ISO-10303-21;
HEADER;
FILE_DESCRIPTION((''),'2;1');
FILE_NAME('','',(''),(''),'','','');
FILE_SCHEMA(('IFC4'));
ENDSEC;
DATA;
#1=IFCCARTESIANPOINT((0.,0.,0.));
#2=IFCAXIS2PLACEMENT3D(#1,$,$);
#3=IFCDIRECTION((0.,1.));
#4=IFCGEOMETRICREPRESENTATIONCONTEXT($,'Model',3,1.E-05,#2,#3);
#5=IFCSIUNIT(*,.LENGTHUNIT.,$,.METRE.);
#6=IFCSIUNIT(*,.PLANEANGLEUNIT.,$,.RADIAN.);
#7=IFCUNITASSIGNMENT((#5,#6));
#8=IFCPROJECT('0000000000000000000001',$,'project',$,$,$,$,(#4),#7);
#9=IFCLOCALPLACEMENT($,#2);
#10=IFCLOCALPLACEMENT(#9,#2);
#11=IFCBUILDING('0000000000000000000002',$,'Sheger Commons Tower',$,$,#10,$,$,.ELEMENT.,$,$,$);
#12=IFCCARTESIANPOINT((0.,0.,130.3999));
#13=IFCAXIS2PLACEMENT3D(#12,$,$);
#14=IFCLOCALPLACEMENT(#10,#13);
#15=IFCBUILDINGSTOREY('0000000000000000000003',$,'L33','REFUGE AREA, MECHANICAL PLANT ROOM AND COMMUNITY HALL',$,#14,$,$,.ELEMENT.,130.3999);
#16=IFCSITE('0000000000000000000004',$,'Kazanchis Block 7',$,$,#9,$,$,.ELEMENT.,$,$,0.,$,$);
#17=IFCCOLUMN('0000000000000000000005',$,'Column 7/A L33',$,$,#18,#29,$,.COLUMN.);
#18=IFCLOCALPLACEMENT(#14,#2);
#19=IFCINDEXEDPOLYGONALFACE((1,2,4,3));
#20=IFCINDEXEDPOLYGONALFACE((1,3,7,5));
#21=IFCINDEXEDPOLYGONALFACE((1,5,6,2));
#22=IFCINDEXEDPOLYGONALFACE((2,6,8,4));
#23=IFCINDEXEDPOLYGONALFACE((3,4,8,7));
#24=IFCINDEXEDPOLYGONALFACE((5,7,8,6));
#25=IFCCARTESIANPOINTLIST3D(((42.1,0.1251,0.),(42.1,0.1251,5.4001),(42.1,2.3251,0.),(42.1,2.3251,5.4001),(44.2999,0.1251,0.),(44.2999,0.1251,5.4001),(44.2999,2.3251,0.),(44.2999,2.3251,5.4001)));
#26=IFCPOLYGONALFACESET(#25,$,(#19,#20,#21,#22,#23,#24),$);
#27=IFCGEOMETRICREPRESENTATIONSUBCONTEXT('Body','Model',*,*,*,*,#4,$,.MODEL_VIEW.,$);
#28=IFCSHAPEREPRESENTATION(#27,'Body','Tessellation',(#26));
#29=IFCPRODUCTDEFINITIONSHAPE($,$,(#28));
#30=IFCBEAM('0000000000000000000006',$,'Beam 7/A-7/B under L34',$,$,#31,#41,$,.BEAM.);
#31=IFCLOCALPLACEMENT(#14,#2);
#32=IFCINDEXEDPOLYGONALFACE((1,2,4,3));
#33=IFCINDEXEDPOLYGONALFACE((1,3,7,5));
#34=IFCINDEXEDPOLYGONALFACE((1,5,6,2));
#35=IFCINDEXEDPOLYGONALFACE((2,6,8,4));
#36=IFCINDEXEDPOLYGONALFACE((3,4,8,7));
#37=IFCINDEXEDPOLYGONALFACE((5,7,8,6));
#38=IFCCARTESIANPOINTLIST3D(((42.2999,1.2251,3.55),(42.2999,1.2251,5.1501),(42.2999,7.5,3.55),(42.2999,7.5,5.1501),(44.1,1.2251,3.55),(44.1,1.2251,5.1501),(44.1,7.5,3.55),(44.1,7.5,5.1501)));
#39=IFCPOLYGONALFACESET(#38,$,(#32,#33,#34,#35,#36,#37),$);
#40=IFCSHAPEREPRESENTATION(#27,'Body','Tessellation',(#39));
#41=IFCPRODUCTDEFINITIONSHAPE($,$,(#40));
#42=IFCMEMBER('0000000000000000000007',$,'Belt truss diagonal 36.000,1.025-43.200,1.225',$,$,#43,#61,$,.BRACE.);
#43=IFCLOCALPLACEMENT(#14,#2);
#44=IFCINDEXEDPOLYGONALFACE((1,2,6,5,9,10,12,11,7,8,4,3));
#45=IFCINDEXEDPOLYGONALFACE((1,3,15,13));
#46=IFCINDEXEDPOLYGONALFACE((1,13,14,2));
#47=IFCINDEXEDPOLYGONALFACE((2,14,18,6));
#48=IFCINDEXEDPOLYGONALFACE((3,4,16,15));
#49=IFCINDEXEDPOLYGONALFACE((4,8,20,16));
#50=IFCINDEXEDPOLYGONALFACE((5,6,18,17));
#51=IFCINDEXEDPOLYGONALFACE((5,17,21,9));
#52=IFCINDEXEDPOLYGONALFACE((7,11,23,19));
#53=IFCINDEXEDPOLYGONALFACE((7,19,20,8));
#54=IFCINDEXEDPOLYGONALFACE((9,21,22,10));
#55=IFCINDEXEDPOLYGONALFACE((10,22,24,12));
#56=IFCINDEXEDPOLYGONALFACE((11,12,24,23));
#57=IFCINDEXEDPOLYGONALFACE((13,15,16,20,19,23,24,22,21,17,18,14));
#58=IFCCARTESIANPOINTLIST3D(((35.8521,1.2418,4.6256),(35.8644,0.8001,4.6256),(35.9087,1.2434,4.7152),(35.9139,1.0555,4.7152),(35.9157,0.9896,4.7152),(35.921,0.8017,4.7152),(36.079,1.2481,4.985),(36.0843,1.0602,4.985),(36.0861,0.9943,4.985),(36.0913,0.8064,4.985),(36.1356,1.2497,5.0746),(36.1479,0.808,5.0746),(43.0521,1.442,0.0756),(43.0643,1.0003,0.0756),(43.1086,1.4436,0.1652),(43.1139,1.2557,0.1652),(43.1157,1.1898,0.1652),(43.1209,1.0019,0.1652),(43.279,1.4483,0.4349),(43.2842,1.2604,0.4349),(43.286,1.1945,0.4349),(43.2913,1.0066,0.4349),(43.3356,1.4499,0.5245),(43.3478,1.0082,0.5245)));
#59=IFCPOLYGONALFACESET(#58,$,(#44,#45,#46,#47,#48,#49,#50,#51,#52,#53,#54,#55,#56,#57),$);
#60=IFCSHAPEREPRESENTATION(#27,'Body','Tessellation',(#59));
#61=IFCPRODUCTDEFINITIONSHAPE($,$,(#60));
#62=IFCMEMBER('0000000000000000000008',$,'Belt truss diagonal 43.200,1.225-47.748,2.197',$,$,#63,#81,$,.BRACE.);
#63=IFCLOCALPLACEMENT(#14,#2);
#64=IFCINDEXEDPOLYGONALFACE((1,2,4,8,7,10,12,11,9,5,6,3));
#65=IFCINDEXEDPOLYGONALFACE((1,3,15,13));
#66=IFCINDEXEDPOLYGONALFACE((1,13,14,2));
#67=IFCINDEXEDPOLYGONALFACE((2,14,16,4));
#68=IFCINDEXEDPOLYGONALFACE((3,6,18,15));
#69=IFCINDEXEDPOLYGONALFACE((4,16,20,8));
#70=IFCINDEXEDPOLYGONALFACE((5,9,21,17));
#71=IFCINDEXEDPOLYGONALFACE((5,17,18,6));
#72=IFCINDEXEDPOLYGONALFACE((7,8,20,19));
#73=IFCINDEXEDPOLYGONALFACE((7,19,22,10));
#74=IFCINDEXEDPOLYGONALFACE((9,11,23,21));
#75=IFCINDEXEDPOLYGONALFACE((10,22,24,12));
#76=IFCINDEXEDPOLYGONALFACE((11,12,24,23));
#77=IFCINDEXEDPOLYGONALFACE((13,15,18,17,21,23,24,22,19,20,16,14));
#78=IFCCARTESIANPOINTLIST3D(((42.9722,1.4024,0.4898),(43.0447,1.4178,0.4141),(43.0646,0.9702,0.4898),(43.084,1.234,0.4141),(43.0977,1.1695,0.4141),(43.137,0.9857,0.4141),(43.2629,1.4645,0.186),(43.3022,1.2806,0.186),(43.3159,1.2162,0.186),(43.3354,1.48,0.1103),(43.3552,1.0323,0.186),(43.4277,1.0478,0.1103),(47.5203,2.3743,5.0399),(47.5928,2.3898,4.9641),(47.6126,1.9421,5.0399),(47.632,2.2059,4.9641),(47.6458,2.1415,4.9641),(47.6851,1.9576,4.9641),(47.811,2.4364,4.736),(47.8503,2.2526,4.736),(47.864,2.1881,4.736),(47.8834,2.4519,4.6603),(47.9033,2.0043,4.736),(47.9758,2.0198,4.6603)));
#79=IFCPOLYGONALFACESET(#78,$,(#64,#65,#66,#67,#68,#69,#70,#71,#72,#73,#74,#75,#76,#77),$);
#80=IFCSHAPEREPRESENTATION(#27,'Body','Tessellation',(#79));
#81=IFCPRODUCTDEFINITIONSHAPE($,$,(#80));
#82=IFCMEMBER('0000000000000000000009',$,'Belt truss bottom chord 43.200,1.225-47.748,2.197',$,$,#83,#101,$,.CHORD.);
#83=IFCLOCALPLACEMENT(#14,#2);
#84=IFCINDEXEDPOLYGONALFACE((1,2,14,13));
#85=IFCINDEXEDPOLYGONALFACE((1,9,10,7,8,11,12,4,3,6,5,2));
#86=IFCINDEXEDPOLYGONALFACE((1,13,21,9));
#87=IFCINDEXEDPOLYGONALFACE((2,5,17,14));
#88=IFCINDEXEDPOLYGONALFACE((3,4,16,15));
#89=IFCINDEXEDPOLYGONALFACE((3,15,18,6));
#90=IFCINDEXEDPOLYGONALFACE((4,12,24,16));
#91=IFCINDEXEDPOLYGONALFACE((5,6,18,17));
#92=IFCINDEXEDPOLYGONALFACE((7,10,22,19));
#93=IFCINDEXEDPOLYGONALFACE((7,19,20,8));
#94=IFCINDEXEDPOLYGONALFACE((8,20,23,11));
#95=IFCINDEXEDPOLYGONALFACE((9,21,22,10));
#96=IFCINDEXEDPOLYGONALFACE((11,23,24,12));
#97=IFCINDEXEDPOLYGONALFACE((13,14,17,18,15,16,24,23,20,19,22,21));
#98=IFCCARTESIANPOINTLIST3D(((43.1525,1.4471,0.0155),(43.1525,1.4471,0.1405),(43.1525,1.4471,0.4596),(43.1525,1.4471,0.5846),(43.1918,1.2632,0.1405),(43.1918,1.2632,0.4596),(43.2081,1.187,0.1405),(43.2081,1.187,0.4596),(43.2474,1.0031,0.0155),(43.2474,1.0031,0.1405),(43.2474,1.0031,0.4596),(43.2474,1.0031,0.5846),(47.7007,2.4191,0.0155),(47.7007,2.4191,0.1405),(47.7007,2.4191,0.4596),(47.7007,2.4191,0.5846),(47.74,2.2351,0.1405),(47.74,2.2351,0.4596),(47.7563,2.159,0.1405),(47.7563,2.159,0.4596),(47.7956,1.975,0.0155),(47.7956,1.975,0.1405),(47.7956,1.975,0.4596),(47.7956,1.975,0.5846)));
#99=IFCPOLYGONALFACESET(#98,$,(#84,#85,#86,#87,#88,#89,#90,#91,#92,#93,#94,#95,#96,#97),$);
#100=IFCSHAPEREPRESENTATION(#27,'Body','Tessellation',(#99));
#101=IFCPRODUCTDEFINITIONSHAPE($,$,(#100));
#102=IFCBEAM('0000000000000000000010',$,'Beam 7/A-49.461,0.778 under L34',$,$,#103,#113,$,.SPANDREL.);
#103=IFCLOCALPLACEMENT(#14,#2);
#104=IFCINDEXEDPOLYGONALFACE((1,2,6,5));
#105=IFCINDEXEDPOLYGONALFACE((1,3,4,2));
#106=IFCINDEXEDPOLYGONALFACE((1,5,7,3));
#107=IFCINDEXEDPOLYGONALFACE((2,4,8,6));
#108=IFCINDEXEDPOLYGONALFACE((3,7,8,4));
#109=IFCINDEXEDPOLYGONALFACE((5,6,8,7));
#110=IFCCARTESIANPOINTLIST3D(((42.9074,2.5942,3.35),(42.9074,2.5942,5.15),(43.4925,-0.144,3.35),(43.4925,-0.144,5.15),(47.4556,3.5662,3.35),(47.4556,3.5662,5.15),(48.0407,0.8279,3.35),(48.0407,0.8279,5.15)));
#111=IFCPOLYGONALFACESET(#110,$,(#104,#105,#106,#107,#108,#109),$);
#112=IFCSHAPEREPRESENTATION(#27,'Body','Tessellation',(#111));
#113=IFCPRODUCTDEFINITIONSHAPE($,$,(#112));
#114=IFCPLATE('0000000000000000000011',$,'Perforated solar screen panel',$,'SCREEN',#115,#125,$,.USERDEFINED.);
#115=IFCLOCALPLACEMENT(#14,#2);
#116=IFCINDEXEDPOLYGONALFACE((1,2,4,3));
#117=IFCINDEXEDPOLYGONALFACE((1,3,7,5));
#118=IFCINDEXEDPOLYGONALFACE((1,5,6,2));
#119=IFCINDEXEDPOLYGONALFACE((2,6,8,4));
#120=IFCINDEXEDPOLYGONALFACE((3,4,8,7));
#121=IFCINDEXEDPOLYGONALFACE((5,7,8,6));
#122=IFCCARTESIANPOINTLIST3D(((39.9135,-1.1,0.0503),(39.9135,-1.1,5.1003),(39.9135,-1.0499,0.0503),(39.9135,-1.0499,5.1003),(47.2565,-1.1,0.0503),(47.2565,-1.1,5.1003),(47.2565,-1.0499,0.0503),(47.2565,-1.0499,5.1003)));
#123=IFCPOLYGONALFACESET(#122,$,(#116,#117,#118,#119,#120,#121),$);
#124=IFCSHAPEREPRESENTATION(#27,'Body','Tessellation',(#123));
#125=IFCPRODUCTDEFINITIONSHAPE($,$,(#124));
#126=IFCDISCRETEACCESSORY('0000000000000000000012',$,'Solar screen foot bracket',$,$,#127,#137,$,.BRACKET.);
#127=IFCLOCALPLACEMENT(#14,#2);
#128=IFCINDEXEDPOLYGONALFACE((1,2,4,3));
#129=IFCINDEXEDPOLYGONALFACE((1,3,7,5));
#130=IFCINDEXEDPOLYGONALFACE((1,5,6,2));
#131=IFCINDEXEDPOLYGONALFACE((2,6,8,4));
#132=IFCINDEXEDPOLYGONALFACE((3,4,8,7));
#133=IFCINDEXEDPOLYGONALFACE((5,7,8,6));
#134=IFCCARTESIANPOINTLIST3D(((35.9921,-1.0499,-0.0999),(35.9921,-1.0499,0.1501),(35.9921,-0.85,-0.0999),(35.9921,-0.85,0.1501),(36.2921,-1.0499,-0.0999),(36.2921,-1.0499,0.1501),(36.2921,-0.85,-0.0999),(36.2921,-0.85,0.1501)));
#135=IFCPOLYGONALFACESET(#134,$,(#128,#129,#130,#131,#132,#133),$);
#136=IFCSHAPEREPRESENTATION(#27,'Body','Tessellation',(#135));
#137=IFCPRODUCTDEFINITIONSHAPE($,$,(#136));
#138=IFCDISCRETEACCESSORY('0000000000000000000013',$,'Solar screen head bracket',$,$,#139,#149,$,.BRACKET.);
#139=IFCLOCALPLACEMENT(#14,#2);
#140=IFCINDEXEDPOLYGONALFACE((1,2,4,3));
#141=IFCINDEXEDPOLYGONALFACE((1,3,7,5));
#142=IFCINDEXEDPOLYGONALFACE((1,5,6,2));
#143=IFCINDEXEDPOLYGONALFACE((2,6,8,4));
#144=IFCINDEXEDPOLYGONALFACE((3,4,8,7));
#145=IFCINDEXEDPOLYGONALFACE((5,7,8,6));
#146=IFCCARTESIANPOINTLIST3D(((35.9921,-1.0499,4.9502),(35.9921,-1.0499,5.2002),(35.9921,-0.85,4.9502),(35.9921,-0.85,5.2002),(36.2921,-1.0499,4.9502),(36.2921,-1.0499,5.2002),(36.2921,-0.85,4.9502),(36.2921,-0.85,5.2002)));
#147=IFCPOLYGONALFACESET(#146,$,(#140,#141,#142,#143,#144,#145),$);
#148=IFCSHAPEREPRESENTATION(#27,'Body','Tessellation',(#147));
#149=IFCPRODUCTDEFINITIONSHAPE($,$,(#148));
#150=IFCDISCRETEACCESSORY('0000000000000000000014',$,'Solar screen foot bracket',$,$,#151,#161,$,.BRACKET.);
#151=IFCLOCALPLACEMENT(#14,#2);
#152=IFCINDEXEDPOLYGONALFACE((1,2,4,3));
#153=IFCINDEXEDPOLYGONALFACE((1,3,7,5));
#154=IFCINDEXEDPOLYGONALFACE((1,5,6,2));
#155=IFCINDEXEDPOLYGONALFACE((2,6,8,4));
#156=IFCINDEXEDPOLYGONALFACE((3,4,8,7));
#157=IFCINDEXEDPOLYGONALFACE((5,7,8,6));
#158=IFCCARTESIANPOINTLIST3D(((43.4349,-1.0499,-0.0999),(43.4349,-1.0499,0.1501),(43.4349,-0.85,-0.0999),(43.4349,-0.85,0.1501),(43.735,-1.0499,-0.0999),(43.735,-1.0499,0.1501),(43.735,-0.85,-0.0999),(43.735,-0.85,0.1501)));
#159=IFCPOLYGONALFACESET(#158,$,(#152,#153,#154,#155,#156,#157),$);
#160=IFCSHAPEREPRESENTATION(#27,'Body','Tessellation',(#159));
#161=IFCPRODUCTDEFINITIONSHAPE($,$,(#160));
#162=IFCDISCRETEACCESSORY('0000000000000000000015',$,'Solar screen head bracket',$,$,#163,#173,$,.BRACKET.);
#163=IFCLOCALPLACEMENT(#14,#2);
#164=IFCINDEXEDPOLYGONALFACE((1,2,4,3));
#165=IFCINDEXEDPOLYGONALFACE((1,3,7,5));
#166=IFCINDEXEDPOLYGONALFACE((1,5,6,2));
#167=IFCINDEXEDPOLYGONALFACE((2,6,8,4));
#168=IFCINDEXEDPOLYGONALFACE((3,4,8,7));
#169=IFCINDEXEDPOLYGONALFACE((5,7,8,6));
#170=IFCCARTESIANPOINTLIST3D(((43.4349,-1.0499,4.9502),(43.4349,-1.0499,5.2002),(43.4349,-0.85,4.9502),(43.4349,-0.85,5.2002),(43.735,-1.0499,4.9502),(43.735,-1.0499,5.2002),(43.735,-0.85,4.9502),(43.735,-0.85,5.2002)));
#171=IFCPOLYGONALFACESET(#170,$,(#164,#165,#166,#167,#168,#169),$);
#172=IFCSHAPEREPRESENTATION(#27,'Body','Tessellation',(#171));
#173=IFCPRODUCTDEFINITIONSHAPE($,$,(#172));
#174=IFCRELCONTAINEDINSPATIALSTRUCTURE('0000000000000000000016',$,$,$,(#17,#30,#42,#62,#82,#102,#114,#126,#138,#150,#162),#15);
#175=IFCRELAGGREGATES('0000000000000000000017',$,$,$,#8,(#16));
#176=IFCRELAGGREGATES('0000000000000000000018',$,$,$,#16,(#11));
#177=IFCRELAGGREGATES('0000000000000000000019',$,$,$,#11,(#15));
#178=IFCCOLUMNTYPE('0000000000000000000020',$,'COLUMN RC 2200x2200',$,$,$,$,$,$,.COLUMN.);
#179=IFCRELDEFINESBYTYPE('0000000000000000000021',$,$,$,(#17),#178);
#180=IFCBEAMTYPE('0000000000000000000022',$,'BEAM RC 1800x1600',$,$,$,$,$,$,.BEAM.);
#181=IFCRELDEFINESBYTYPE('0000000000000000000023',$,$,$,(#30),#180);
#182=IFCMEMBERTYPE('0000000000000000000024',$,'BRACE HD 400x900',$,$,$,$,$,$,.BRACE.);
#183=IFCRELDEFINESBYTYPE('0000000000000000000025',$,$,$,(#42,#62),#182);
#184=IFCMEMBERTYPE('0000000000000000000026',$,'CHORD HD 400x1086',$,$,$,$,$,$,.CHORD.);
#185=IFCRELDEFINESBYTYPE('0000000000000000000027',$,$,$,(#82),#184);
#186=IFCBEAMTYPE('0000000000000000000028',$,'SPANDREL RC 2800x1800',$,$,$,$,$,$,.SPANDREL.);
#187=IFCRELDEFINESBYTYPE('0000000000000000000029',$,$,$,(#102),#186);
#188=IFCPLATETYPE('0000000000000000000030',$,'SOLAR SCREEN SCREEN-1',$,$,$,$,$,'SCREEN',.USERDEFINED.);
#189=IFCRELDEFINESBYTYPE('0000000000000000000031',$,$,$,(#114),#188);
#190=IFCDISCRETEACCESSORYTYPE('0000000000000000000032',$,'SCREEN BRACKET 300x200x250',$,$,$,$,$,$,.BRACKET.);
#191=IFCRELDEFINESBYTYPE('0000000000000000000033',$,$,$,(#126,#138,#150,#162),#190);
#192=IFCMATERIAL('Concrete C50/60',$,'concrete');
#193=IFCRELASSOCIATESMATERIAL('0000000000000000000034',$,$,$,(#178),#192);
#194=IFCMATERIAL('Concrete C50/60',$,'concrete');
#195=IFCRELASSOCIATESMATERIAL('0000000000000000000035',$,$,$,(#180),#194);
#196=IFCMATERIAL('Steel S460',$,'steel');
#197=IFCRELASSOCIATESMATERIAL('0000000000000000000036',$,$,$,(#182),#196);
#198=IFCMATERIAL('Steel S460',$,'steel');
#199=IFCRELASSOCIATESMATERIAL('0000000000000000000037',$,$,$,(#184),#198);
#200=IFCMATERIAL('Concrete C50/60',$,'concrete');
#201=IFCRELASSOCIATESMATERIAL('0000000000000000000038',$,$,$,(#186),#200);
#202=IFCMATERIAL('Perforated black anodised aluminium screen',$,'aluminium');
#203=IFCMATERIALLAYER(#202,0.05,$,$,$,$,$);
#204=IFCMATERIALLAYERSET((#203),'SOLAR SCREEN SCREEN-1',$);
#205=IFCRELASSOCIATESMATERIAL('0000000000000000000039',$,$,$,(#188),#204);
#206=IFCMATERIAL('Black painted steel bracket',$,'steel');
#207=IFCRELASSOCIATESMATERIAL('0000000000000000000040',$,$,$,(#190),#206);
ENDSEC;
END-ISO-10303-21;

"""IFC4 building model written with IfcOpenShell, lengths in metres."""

from ifc_helpers import new_model, si_unit, direction, frame, origin, origin_2d, place, context, subcontext, project, spatial, rectangle, i_section, extrude, material, layer, layer_set, material_profile, profile_set, type_object, element, save


model = new_model("IFC4")

# Units and contexts
model_context = context("Model", 3, precision=1e-05, world=origin(), true_north=direction((0.0, 1.0)))
body_context = subcontext(model_context, "Body", "Model", "MODEL_VIEW")
ifc_project = project(units=[si_unit("LENGTHUNIT", "METRE"), si_unit("PLANEANGLEUNIT", "RADIAN")], contexts=[model_context])

# Site, building, storey
site_placement = place(None, origin())
site = spatial("IfcSite", under=ifc_project, at=site_placement, Name="Kazanchis Block 7", CompositionType="ELEMENT", RefElevation=0.0)
building_placement = place(site_placement, origin())
building = spatial("IfcBuilding", under=site, at=building_placement, Name="Sheger Commons Tower", CompositionType="ELEMENT")
storey_placement = place(building_placement, frame((0.0, 0.0, 130.3999)))
storey = spatial("IfcBuildingStorey", under=building, at=storey_placement, Name="L33", Description="REFUGE AREA, MECHANICAL PLANT ROOM AND COMMUNITY HALL", CompositionType="ELEMENT", Elevation=130.3999)

# Column
ifc_material_1 = material(Name="Concrete C50/60", Category="concrete")
ifc_material_profile_1 = material_profile(ifc_material_1, rectangle(XDim=2.2, YDim=2.2, at=origin_2d()), Name="RC 2200x2200")
ifc_profile_set_1 = profile_set([ifc_material_profile_1], Name="Concrete C50/60")
column_type = type_object("IfcColumnType", Name="COLUMN RC 2200x2200", PredefinedType="COLUMN", material=ifc_profile_set_1)
column_placement = place(storey_placement, frame((43.2, 1.2251, 0.0), z_axis=(0.0, 0.0, 1.0), x_axis=(1.0, 0.0, 0.0)))
element("IfcColumn", 1, at=column_placement, inside=storey, type_object=column_type, Name="Column 7/A L33", PredefinedType="COLUMN", context=body_context, shape_type="SweptSolid", body=[
    extrude(rectangle(XDim=2.2, YDim=2.2, at=origin_2d()), origin(), (0.0, 0.0, 1.0), 5.4001),
])

# Beam
ifc_material_2 = material(Name="Concrete C50/60", Category="concrete")
ifc_material_profile_2 = material_profile(ifc_material_2, rectangle(XDim=1.8, YDim=1.6001, at=origin_2d()), Name="RC 1800x1600")
ifc_profile_set_2 = profile_set([ifc_material_profile_2], Name="Concrete C50/60")
beam_type_1 = type_object("IfcBeamType", Name="BEAM RC 1800x1600", PredefinedType="BEAM", material=ifc_profile_set_2)
beam_1_placement = place(storey_placement, frame((43.2, 1.2251, 4.3501), z_axis=(0.0, 1.0, 0.0), x_axis=(-1.0, 0.0, 0.0)))
element("IfcBeam", 2, at=beam_1_placement, inside=storey, type_object=beam_type_1, Name="Beam 7/A-7/B under L34", PredefinedType="BEAM", context=body_context, shape_type="SweptSolid", body=[
    extrude(rectangle(XDim=1.8, YDim=1.6001, at=origin_2d()), origin(), (0.0, 0.0, 1.0), 6.2749),
])

# Members
ifc_material_3 = material(Name="Steel S460", Category="steel")
ifc_material_profile_3 = material_profile(ifc_material_3, i_section(OverallWidth=0.4419, OverallDepth=0.531, WebThickness=0.0659, FlangeThickness=0.106, at=origin_2d()), Name="HD 400x900")
ifc_profile_set_3 = profile_set([ifc_material_profile_3], Name="Steel S460")
member_type_1 = type_object("IfcMemberType", Name="BRACE HD 400x900", PredefinedType="BRACE", material=ifc_profile_set_3)
member_1_placement = place(storey_placement, frame((43.2, 1.2251, 0.3), z_axis=(-0.845112, -0.023498, 0.534073), x_axis=(0.027794, -0.999614, 0.0)))
element("IfcMember", 3, at=member_1_placement, inside=storey, type_object=member_type_1, Name="Belt truss diagonal 36.000,1.025-43.200,1.225", PredefinedType="BRACE", context=body_context, shape_type="SweptSolid", body=[
    extrude(i_section(OverallWidth=0.4419, OverallDepth=0.531, WebThickness=0.0659, FlangeThickness=0.106, at=origin_2d()), origin(), (0.0, 0.0, 1.0), 8.5195),
])
member_2_placement = place(storey_placement, frame((43.2, 1.2251, 0.3), z_axis=(0.699023, 0.149381, 0.699323), x_axis=(-0.208981, 0.97792, 0.0)))
element("IfcMember", 4, at=member_2_placement, inside=storey, type_object=member_type_1, Name="Belt truss diagonal 43.200,1.225-47.748,2.197", PredefinedType="BRACE", context=body_context, shape_type="SweptSolid", body=[
    extrude(i_section(OverallWidth=0.4419, OverallDepth=0.531, WebThickness=0.0659, FlangeThickness=0.106, at=origin_2d()), origin(), (0.0, 0.0, 1.0), 6.5063),
])
ifc_material_4 = material(Name="Steel S460", Category="steel")
ifc_material_profile_4 = material_profile(ifc_material_4, i_section(OverallWidth=0.4541, OverallDepth=0.5691, WebThickness=0.0779, FlangeThickness=0.125, at=origin_2d()), Name="HD 400x1086")
ifc_profile_set_4 = profile_set([ifc_material_profile_4], Name="Steel S460")
member_type_2 = type_object("IfcMemberType", Name="CHORD HD 400x1086", PredefinedType="CHORD", material=ifc_profile_set_4)
member_3_placement = place(storey_placement, frame((43.2, 1.2251, 0.3), z_axis=(0.97792, 0.208981, 0.0), x_axis=(-0.208981, 0.97792, 0.0)))
element("IfcMember", 5, at=member_3_placement, inside=storey, type_object=member_type_2, Name="Belt truss bottom chord 43.200,1.225-47.748,2.197", PredefinedType="CHORD", context=body_context, shape_type="SweptSolid", body=[
    extrude(i_section(OverallWidth=0.4541, OverallDepth=0.5691, WebThickness=0.0779, FlangeThickness=0.125, at=origin_2d()), origin(), (0.0, 0.0, 1.0), 4.6509),
])

# Beam
ifc_material_5 = material(Name="Concrete C50/60", Category="concrete")
ifc_material_profile_5 = material_profile(ifc_material_5, rectangle(XDim=2.8, YDim=1.8, at=origin_2d()), Name="RC 2800x1800")
ifc_profile_set_5 = profile_set([ifc_material_profile_5], Name="Concrete C50/60")
beam_type_2 = type_object("IfcBeamType", Name="SPANDREL RC 2800x1800", PredefinedType="SPANDREL", material=ifc_profile_set_5)
beam_2_placement = place(storey_placement, frame((43.2, 1.2251, 4.25), z_axis=(0.97792, 0.208981, 0.0), x_axis=(-0.208981, 0.97792, 0.0)))
element("IfcBeam", 6, at=beam_2_placement, inside=storey, type_object=beam_type_2, Name="Beam 7/A-49.461,0.778 under L34", PredefinedType="SPANDREL", context=body_context, shape_type="SweptSolid", body=[
    extrude(rectangle(XDim=2.8, YDim=1.8, at=origin_2d()), origin(), (0.0, 0.0, 1.0), 4.6509),
])

# Plate
ifc_material_6 = material(Name="Perforated black anodised aluminium screen", Category="aluminium")
ifc_layer = layer(ifc_material_6, 0.05)
ifc_layer_set = layer_set([ifc_layer], Name="SOLAR SCREEN SCREEN-1")
plate_type = type_object("IfcPlateType", Name="SOLAR SCREEN SCREEN-1", ElementType="SCREEN", PredefinedType="USERDEFINED", material=ifc_layer_set)
plate_placement = place(storey_placement, frame((43.585, -1.075, 0.0503), z_axis=(0.0, 0.0, 1.0), x_axis=(1.0, 0.0, 0.0)))
element("IfcPlate", 7, at=plate_placement, inside=storey, type_object=plate_type, Name="Perforated solar screen panel", ObjectType="SCREEN", PredefinedType="USERDEFINED", context=body_context, shape_type="SweptSolid", body=[
    extrude(rectangle(XDim=7.343, YDim=0.05, at=origin_2d()), origin(), (0.0, 0.0, 1.0), 5.05),
])

# Discrete accessories
ifc_material_7 = material(Name="Black painted steel bracket", Category="steel")
discrete_accessory_type = type_object("IfcDiscreteAccessoryType", Name="SCREEN BRACKET 300x200x250", PredefinedType="BRACKET", material=ifc_material_7)
for number, where, z_axis, x_axis, name in (
    (8, (36.1421, -0.95, -0.0999), (0.0, 0.0, 1.0), (1.0, 0.0, 0.0), "Solar screen foot bracket"),
    (9, (36.1421, -0.95, 4.9502), (0.0, 0.0, 1.0), (1.0, 0.0, 0.0), "Solar screen head bracket"),
    (10, (43.585, -0.95, -0.0999), (0.0, 0.0, 1.0), (1.0, 0.0, 0.0), "Solar screen foot bracket"),
    (11, (43.585, -0.95, 4.9502), (0.0, 0.0, 1.0), (1.0, 0.0, 0.0), "Solar screen head bracket"),
):
    element("IfcDiscreteAccessory", number, at=place(storey_placement, frame(where, z_axis=z_axis, x_axis=x_axis)), inside=storey, type_object=discrete_accessory_type, Name=name, PredefinedType="BRACKET", context=body_context, shape_type="SweptSolid", body=[
        extrude(rectangle(XDim=0.3, YDim=0.2, at=origin_2d()), origin(), (0.0, 0.0, 1.0), 0.25),
    ])

save(model, "model.ifc")
